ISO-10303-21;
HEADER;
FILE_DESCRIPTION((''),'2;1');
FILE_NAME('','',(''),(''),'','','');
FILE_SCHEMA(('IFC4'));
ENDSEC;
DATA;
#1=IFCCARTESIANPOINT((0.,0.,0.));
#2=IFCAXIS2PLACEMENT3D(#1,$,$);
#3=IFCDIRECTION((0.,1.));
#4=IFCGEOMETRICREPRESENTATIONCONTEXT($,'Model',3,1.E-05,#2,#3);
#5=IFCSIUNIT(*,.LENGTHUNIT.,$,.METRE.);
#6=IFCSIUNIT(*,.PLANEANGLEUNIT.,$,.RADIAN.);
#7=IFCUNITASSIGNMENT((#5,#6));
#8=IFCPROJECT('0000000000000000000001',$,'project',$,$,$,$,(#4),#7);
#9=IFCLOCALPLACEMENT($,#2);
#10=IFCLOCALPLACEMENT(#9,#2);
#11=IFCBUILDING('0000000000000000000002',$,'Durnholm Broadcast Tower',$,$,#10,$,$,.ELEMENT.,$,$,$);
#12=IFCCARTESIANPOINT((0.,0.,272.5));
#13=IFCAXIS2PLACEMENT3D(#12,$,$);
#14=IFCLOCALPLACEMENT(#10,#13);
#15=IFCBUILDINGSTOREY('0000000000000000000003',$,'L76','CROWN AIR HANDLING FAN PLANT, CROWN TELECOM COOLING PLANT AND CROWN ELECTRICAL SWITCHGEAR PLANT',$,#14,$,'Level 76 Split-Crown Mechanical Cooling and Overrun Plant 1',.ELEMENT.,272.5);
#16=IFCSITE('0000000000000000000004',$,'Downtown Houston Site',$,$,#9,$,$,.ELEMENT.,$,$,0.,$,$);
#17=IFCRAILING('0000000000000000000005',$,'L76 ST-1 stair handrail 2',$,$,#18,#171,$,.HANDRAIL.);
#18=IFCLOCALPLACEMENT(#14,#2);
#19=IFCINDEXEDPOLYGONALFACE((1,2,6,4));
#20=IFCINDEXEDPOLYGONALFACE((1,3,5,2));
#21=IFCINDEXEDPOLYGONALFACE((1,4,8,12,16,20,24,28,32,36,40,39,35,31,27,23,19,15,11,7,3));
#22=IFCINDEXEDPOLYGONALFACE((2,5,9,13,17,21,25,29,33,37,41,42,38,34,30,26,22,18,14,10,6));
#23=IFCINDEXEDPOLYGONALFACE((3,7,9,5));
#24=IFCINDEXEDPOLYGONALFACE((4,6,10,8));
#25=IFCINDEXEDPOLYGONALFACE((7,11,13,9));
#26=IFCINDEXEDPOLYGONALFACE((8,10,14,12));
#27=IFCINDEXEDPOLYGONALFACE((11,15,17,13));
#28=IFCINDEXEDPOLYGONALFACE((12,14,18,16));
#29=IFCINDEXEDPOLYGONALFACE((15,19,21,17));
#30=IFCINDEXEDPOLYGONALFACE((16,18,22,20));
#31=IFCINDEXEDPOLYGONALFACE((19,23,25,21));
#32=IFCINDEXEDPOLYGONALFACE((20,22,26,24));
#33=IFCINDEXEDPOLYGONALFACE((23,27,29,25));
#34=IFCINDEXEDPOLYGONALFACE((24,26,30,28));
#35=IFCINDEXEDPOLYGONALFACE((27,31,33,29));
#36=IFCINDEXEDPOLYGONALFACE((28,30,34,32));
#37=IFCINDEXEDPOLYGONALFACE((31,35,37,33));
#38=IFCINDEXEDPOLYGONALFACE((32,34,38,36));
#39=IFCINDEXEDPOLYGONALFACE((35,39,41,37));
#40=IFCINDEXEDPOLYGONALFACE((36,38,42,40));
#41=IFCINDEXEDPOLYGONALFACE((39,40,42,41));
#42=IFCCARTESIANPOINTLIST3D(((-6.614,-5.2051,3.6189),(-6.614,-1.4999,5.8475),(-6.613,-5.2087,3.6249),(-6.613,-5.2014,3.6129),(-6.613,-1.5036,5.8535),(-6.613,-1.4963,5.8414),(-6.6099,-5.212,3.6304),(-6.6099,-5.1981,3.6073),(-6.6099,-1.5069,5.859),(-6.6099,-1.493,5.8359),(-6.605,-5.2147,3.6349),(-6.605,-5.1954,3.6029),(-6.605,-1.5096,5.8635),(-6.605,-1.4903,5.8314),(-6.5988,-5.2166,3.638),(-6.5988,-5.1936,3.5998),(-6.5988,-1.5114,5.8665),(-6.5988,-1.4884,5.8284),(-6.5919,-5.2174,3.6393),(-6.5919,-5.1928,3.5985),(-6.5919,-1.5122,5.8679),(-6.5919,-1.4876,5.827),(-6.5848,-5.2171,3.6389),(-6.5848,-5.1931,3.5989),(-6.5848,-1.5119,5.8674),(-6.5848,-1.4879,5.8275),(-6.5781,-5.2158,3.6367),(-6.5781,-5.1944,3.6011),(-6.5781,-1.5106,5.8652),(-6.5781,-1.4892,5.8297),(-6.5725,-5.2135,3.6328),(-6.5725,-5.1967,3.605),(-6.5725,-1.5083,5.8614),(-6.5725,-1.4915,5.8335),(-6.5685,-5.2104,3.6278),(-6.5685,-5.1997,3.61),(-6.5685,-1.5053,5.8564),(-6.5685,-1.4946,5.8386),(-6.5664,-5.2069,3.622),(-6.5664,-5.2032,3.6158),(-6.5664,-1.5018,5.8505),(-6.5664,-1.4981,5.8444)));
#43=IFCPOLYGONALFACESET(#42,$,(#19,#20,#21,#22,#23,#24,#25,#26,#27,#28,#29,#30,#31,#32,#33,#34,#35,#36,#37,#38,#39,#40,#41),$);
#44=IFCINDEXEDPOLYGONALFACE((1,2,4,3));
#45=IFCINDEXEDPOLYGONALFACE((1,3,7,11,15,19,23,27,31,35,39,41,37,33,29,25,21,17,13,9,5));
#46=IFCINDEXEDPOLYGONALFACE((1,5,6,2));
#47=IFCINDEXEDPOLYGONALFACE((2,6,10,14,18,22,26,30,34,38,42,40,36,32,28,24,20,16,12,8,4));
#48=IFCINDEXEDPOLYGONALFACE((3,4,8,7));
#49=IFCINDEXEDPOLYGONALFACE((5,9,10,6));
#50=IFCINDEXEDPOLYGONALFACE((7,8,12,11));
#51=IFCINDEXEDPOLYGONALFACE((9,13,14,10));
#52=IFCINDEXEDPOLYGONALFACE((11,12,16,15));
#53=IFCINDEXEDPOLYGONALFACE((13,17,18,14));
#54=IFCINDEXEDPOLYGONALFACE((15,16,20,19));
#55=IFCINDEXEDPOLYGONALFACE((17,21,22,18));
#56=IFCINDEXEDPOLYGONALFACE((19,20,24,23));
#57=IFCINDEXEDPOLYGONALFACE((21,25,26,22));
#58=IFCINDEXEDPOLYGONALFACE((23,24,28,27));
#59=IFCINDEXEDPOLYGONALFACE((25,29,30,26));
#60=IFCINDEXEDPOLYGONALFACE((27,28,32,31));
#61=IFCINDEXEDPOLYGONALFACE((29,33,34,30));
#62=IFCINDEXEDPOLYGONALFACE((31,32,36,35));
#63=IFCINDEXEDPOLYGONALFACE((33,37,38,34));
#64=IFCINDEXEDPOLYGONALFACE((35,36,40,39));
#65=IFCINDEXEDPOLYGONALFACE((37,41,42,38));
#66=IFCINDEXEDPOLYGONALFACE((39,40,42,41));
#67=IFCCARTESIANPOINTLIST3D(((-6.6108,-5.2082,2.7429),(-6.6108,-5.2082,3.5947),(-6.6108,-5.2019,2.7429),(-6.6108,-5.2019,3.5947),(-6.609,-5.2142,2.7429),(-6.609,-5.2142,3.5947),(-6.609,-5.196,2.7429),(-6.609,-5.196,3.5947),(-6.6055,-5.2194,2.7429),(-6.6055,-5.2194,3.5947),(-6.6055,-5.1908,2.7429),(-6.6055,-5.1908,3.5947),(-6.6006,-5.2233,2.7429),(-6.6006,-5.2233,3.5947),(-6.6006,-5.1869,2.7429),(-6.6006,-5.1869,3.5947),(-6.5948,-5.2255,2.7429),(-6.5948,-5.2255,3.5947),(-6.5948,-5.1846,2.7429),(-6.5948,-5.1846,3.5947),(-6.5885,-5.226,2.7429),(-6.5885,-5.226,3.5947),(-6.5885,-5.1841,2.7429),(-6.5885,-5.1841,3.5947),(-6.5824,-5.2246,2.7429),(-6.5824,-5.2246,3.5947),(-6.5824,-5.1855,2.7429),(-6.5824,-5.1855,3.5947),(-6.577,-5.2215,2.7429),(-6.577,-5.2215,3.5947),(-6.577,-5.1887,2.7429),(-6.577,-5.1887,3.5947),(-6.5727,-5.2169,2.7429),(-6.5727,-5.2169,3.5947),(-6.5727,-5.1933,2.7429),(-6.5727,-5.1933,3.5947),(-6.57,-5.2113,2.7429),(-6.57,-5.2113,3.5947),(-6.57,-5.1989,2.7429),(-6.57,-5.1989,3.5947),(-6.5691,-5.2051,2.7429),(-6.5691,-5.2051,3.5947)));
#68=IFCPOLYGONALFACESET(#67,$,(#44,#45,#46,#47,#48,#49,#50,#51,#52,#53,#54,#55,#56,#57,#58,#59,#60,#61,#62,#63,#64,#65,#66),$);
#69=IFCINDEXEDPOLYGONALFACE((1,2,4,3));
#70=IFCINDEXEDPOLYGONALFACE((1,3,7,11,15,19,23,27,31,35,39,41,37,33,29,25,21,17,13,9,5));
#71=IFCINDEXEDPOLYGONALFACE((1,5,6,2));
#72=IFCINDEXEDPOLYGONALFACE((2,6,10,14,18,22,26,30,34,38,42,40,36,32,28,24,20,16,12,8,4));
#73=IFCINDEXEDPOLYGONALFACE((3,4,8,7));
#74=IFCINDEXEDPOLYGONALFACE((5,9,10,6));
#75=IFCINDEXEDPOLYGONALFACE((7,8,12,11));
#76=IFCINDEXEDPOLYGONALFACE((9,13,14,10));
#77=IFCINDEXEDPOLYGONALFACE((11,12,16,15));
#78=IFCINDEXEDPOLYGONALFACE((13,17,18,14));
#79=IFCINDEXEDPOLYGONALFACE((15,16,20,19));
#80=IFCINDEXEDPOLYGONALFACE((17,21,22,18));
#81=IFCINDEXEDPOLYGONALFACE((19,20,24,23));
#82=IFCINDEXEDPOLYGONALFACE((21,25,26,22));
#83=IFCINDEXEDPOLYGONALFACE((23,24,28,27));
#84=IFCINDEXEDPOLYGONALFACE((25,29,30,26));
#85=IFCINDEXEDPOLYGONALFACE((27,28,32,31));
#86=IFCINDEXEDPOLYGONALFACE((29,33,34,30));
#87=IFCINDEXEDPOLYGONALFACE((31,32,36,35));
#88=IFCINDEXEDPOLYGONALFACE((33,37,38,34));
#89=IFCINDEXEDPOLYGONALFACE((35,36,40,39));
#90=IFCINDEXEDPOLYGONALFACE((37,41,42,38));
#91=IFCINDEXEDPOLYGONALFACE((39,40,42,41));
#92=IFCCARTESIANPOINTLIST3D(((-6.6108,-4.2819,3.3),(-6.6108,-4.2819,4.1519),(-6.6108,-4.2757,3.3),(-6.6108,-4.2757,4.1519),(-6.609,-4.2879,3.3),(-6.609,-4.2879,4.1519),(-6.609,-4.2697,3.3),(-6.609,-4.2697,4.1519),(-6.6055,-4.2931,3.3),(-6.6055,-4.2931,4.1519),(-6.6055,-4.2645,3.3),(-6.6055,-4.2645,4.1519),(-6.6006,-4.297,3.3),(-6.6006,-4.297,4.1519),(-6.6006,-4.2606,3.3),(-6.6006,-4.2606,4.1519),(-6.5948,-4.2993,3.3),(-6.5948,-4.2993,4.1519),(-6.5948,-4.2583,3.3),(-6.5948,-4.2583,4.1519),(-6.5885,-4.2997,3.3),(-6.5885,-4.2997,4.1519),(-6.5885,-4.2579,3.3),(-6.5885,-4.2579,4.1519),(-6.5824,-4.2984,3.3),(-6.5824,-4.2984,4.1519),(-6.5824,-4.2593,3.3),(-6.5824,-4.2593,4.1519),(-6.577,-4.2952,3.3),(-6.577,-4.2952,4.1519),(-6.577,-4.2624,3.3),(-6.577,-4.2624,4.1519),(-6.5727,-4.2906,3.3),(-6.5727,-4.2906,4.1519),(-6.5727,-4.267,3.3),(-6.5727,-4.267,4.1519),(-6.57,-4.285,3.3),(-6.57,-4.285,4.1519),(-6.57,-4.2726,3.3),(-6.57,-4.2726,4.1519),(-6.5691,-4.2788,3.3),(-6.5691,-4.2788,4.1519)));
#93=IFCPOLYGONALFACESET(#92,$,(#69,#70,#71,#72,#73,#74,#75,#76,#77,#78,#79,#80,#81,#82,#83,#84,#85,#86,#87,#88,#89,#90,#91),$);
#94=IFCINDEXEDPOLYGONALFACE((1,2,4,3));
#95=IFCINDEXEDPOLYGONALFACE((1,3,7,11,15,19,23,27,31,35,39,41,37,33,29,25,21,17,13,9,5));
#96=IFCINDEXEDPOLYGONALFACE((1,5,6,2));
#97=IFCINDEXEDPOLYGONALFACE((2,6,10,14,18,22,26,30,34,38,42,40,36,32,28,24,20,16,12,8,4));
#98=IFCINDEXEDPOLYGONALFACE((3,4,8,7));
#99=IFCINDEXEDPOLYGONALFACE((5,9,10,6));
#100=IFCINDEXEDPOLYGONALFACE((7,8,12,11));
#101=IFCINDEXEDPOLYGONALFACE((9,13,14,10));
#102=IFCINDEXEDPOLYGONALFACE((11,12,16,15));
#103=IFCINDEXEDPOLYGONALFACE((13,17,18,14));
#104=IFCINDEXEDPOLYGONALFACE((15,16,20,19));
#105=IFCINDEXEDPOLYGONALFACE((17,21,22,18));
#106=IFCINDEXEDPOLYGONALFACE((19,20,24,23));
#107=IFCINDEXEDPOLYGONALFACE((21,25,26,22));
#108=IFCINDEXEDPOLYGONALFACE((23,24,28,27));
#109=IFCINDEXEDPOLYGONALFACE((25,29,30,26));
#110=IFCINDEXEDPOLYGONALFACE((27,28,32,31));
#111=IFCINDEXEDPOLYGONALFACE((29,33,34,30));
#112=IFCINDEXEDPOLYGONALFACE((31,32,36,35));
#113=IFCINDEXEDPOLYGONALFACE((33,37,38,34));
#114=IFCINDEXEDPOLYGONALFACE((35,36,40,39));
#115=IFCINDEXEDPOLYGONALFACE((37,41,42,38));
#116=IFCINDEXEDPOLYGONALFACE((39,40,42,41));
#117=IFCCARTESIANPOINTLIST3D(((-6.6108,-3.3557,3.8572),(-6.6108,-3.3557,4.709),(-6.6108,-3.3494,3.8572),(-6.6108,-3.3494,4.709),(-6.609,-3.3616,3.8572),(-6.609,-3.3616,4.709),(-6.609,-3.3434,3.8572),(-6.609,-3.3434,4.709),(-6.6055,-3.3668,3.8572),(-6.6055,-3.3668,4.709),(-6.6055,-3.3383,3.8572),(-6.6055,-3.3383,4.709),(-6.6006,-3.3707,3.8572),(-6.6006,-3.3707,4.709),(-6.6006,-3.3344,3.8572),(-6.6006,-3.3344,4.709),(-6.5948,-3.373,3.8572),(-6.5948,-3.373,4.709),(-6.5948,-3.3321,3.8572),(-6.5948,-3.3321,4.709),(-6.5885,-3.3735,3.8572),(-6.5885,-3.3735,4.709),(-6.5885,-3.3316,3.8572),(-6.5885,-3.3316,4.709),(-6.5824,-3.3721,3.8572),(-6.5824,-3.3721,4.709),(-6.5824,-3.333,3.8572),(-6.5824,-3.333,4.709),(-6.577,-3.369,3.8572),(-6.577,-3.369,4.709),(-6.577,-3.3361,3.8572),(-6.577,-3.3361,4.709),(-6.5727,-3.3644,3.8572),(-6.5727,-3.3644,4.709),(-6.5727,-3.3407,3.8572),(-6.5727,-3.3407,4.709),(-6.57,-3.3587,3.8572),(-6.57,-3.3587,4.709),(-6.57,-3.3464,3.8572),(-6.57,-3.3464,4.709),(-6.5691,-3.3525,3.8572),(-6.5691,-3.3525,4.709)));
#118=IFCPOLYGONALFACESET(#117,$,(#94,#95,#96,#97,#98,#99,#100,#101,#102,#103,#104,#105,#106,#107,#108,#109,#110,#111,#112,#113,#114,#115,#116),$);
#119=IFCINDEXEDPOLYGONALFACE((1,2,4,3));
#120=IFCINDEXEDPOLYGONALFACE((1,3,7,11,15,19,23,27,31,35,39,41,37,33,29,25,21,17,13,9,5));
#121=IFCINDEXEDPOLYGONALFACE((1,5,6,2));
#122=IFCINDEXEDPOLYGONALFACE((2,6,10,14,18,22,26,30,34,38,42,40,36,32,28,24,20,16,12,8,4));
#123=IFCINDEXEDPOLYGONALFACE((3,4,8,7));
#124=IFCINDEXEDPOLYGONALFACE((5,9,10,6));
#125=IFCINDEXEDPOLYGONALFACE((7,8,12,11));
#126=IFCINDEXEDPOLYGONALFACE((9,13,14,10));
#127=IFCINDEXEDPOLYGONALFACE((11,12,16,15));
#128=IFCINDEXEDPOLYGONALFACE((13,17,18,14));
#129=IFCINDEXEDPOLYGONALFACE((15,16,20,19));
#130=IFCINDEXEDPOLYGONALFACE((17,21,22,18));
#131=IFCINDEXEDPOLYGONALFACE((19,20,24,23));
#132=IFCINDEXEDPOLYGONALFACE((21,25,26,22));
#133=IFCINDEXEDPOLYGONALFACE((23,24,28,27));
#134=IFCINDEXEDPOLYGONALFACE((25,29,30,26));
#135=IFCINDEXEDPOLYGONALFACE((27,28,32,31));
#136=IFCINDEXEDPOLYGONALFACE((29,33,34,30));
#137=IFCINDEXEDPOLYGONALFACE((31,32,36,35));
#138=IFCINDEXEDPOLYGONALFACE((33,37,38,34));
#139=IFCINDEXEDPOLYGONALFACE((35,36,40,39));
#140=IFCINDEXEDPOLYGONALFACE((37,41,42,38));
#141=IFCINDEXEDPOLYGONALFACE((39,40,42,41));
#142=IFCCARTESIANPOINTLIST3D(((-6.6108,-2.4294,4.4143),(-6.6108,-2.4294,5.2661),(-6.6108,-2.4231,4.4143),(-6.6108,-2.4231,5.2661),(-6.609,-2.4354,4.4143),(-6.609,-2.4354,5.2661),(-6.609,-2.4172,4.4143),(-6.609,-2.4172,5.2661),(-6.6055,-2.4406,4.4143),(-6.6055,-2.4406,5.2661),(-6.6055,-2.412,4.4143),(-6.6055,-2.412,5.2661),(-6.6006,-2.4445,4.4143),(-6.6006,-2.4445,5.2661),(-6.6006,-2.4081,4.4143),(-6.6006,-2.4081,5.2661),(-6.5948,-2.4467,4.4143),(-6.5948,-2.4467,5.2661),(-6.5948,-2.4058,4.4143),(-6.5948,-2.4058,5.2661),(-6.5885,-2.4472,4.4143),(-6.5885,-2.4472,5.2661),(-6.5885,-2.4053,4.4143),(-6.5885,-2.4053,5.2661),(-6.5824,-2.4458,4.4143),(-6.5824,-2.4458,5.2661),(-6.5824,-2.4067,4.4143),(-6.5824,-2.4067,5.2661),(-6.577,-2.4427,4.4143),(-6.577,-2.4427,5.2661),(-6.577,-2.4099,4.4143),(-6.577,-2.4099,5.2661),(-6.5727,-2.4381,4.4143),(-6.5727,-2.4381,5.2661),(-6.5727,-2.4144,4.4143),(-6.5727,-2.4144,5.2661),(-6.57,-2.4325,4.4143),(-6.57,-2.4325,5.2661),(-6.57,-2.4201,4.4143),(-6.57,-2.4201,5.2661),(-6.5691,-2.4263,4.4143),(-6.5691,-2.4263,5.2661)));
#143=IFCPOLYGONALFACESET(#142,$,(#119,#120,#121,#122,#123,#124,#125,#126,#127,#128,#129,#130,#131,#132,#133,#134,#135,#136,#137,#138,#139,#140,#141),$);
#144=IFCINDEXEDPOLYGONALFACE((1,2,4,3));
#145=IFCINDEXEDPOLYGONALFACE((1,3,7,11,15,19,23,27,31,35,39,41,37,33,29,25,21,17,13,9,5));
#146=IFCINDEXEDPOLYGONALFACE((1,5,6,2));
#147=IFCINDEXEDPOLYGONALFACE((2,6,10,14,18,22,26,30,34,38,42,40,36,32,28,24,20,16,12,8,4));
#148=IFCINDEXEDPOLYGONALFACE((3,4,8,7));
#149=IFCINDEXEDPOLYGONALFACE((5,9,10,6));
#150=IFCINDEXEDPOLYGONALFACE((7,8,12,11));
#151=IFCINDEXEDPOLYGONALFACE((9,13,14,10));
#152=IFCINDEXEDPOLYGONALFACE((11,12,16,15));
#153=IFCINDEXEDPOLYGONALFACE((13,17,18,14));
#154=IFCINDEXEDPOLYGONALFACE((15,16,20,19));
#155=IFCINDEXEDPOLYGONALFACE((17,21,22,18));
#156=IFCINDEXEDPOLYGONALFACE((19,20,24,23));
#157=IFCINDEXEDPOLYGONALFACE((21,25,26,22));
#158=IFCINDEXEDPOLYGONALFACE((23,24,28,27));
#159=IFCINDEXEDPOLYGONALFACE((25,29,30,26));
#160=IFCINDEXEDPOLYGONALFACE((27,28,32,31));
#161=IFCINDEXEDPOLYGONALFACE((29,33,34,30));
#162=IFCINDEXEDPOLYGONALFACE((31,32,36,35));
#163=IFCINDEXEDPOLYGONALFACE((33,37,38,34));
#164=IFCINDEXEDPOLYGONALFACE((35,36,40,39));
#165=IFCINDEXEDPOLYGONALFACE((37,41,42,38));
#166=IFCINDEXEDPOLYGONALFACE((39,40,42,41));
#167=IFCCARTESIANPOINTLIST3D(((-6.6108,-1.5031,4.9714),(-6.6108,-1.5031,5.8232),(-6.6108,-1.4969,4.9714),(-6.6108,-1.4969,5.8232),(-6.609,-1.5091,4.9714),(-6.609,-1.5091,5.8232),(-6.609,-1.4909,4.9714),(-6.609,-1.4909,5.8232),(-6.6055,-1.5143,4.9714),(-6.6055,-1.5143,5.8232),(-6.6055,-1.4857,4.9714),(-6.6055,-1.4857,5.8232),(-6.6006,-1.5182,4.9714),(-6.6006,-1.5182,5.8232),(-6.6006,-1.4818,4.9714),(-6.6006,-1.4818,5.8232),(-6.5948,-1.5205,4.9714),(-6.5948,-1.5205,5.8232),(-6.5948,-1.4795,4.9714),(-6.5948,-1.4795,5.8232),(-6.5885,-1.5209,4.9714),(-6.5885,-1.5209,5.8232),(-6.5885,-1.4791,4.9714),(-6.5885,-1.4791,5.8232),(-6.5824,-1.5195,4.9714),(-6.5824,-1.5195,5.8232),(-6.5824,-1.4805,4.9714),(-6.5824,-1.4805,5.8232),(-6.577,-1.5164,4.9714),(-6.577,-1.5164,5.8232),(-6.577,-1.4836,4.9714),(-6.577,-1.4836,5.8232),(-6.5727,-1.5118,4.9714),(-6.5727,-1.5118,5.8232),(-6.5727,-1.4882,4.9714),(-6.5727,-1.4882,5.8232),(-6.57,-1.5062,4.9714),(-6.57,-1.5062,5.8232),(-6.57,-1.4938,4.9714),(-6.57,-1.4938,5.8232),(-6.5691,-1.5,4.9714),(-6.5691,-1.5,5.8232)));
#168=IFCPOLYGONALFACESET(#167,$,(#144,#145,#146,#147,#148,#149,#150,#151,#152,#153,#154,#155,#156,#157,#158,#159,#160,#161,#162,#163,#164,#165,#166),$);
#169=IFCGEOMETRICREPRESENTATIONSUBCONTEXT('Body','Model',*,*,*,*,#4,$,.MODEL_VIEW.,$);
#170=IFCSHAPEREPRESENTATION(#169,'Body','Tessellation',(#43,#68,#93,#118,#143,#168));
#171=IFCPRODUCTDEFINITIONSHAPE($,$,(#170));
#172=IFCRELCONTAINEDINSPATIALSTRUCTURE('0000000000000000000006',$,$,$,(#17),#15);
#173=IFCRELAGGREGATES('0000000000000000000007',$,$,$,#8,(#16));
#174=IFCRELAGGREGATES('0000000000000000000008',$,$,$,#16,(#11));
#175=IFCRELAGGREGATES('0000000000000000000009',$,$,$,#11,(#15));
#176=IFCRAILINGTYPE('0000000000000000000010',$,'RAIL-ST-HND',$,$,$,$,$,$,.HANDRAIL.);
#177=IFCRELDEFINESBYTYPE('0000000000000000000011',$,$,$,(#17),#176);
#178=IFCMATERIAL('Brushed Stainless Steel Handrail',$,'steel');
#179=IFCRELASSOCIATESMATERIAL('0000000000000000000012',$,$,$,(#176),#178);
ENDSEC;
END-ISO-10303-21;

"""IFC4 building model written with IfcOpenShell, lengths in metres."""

from ifc_helpers import new_model, si_unit, direction, frame, origin, origin_2d, place, context, subcontext, project, spatial, circle, extrude, material, type_object, element, save


model = new_model("IFC4")

# Units and contexts
model_context = context("Model", 3, precision=1e-05, world=origin(), true_north=direction((0.0, 1.0)))
body_context = subcontext(model_context, "Body", "Model", "MODEL_VIEW")
ifc_project = project(units=[si_unit("LENGTHUNIT", "METRE"), si_unit("PLANEANGLEUNIT", "RADIAN")], contexts=[model_context])

# Site, building, storey
site_placement = place(None, origin())
site = spatial("IfcSite", under=ifc_project, at=site_placement, Name="Downtown Houston Site", CompositionType="ELEMENT", RefElevation=0.0)
building_placement = place(site_placement, origin())
building = spatial("IfcBuilding", under=site, at=building_placement, Name="Durnholm Broadcast Tower", CompositionType="ELEMENT")
storey_placement = place(building_placement, frame((0.0, 0.0, 272.5)))
storey = spatial("IfcBuildingStorey", under=building, at=storey_placement, Name="L76", Description="CROWN AIR HANDLING FAN PLANT, CROWN TELECOM COOLING PLANT AND CROWN ELECTRICAL SWITCHGEAR PLANT", LongName="Level 76 Split-Crown Mechanical Cooling and Overrun Plant 1", CompositionType="ELEMENT", Elevation=272.5)

# Railing
ifc_material_1 = material(Name="Brushed Stainless Steel Handrail", Category="steel")
railing_type_1 = type_object("IfcRailingType", Name="RAIL-ST-HND", PredefinedType="HANDRAIL", material=ifc_material_1)
railing_1_placement = place(storey_placement, frame((-6.5901, -5.2051, 2.7429)))
element("IfcRailing", 1, at=railing_1_placement, inside=storey, type_object=railing_type_1, Name="L76 ST-1 stair handrail 2", PredefinedType="HANDRAIL", context=body_context, shape_type="SweptSolid", body=[
    extrude(circle(Radius=0.0239, at=origin_2d()), frame((0.0, 0.0, 0.876), z_axis=(0.0, 0.856934, 0.515425), x_axis=(-1.0, 0.0, 0.0)), (0.0, 0.0, 1.0), 4.3237),
    extrude(circle(Radius=0.021, at=origin_2d()), origin(), (0.0, 0.0, 1.0), 0.8518),
    extrude(circle(Radius=0.021, at=origin_2d()), frame((0.0, 0.9263, 0.5571)), (0.0, 0.0, 1.0), 0.8518),
    extrude(circle(Radius=0.021, at=origin_2d()), frame((0.0, 1.8525, 1.1143)), (0.0, 0.0, 1.0), 0.8518),
    extrude(circle(Radius=0.021, at=origin_2d()), frame((0.0, 2.7788, 1.6714)), (0.0, 0.0, 1.0), 0.8518),
    extrude(circle(Radius=0.021, at=origin_2d()), frame((0.0, 3.7051, 2.2285)), (0.0, 0.0, 1.0), 0.8518),
])

save(model, "model.ifc")
